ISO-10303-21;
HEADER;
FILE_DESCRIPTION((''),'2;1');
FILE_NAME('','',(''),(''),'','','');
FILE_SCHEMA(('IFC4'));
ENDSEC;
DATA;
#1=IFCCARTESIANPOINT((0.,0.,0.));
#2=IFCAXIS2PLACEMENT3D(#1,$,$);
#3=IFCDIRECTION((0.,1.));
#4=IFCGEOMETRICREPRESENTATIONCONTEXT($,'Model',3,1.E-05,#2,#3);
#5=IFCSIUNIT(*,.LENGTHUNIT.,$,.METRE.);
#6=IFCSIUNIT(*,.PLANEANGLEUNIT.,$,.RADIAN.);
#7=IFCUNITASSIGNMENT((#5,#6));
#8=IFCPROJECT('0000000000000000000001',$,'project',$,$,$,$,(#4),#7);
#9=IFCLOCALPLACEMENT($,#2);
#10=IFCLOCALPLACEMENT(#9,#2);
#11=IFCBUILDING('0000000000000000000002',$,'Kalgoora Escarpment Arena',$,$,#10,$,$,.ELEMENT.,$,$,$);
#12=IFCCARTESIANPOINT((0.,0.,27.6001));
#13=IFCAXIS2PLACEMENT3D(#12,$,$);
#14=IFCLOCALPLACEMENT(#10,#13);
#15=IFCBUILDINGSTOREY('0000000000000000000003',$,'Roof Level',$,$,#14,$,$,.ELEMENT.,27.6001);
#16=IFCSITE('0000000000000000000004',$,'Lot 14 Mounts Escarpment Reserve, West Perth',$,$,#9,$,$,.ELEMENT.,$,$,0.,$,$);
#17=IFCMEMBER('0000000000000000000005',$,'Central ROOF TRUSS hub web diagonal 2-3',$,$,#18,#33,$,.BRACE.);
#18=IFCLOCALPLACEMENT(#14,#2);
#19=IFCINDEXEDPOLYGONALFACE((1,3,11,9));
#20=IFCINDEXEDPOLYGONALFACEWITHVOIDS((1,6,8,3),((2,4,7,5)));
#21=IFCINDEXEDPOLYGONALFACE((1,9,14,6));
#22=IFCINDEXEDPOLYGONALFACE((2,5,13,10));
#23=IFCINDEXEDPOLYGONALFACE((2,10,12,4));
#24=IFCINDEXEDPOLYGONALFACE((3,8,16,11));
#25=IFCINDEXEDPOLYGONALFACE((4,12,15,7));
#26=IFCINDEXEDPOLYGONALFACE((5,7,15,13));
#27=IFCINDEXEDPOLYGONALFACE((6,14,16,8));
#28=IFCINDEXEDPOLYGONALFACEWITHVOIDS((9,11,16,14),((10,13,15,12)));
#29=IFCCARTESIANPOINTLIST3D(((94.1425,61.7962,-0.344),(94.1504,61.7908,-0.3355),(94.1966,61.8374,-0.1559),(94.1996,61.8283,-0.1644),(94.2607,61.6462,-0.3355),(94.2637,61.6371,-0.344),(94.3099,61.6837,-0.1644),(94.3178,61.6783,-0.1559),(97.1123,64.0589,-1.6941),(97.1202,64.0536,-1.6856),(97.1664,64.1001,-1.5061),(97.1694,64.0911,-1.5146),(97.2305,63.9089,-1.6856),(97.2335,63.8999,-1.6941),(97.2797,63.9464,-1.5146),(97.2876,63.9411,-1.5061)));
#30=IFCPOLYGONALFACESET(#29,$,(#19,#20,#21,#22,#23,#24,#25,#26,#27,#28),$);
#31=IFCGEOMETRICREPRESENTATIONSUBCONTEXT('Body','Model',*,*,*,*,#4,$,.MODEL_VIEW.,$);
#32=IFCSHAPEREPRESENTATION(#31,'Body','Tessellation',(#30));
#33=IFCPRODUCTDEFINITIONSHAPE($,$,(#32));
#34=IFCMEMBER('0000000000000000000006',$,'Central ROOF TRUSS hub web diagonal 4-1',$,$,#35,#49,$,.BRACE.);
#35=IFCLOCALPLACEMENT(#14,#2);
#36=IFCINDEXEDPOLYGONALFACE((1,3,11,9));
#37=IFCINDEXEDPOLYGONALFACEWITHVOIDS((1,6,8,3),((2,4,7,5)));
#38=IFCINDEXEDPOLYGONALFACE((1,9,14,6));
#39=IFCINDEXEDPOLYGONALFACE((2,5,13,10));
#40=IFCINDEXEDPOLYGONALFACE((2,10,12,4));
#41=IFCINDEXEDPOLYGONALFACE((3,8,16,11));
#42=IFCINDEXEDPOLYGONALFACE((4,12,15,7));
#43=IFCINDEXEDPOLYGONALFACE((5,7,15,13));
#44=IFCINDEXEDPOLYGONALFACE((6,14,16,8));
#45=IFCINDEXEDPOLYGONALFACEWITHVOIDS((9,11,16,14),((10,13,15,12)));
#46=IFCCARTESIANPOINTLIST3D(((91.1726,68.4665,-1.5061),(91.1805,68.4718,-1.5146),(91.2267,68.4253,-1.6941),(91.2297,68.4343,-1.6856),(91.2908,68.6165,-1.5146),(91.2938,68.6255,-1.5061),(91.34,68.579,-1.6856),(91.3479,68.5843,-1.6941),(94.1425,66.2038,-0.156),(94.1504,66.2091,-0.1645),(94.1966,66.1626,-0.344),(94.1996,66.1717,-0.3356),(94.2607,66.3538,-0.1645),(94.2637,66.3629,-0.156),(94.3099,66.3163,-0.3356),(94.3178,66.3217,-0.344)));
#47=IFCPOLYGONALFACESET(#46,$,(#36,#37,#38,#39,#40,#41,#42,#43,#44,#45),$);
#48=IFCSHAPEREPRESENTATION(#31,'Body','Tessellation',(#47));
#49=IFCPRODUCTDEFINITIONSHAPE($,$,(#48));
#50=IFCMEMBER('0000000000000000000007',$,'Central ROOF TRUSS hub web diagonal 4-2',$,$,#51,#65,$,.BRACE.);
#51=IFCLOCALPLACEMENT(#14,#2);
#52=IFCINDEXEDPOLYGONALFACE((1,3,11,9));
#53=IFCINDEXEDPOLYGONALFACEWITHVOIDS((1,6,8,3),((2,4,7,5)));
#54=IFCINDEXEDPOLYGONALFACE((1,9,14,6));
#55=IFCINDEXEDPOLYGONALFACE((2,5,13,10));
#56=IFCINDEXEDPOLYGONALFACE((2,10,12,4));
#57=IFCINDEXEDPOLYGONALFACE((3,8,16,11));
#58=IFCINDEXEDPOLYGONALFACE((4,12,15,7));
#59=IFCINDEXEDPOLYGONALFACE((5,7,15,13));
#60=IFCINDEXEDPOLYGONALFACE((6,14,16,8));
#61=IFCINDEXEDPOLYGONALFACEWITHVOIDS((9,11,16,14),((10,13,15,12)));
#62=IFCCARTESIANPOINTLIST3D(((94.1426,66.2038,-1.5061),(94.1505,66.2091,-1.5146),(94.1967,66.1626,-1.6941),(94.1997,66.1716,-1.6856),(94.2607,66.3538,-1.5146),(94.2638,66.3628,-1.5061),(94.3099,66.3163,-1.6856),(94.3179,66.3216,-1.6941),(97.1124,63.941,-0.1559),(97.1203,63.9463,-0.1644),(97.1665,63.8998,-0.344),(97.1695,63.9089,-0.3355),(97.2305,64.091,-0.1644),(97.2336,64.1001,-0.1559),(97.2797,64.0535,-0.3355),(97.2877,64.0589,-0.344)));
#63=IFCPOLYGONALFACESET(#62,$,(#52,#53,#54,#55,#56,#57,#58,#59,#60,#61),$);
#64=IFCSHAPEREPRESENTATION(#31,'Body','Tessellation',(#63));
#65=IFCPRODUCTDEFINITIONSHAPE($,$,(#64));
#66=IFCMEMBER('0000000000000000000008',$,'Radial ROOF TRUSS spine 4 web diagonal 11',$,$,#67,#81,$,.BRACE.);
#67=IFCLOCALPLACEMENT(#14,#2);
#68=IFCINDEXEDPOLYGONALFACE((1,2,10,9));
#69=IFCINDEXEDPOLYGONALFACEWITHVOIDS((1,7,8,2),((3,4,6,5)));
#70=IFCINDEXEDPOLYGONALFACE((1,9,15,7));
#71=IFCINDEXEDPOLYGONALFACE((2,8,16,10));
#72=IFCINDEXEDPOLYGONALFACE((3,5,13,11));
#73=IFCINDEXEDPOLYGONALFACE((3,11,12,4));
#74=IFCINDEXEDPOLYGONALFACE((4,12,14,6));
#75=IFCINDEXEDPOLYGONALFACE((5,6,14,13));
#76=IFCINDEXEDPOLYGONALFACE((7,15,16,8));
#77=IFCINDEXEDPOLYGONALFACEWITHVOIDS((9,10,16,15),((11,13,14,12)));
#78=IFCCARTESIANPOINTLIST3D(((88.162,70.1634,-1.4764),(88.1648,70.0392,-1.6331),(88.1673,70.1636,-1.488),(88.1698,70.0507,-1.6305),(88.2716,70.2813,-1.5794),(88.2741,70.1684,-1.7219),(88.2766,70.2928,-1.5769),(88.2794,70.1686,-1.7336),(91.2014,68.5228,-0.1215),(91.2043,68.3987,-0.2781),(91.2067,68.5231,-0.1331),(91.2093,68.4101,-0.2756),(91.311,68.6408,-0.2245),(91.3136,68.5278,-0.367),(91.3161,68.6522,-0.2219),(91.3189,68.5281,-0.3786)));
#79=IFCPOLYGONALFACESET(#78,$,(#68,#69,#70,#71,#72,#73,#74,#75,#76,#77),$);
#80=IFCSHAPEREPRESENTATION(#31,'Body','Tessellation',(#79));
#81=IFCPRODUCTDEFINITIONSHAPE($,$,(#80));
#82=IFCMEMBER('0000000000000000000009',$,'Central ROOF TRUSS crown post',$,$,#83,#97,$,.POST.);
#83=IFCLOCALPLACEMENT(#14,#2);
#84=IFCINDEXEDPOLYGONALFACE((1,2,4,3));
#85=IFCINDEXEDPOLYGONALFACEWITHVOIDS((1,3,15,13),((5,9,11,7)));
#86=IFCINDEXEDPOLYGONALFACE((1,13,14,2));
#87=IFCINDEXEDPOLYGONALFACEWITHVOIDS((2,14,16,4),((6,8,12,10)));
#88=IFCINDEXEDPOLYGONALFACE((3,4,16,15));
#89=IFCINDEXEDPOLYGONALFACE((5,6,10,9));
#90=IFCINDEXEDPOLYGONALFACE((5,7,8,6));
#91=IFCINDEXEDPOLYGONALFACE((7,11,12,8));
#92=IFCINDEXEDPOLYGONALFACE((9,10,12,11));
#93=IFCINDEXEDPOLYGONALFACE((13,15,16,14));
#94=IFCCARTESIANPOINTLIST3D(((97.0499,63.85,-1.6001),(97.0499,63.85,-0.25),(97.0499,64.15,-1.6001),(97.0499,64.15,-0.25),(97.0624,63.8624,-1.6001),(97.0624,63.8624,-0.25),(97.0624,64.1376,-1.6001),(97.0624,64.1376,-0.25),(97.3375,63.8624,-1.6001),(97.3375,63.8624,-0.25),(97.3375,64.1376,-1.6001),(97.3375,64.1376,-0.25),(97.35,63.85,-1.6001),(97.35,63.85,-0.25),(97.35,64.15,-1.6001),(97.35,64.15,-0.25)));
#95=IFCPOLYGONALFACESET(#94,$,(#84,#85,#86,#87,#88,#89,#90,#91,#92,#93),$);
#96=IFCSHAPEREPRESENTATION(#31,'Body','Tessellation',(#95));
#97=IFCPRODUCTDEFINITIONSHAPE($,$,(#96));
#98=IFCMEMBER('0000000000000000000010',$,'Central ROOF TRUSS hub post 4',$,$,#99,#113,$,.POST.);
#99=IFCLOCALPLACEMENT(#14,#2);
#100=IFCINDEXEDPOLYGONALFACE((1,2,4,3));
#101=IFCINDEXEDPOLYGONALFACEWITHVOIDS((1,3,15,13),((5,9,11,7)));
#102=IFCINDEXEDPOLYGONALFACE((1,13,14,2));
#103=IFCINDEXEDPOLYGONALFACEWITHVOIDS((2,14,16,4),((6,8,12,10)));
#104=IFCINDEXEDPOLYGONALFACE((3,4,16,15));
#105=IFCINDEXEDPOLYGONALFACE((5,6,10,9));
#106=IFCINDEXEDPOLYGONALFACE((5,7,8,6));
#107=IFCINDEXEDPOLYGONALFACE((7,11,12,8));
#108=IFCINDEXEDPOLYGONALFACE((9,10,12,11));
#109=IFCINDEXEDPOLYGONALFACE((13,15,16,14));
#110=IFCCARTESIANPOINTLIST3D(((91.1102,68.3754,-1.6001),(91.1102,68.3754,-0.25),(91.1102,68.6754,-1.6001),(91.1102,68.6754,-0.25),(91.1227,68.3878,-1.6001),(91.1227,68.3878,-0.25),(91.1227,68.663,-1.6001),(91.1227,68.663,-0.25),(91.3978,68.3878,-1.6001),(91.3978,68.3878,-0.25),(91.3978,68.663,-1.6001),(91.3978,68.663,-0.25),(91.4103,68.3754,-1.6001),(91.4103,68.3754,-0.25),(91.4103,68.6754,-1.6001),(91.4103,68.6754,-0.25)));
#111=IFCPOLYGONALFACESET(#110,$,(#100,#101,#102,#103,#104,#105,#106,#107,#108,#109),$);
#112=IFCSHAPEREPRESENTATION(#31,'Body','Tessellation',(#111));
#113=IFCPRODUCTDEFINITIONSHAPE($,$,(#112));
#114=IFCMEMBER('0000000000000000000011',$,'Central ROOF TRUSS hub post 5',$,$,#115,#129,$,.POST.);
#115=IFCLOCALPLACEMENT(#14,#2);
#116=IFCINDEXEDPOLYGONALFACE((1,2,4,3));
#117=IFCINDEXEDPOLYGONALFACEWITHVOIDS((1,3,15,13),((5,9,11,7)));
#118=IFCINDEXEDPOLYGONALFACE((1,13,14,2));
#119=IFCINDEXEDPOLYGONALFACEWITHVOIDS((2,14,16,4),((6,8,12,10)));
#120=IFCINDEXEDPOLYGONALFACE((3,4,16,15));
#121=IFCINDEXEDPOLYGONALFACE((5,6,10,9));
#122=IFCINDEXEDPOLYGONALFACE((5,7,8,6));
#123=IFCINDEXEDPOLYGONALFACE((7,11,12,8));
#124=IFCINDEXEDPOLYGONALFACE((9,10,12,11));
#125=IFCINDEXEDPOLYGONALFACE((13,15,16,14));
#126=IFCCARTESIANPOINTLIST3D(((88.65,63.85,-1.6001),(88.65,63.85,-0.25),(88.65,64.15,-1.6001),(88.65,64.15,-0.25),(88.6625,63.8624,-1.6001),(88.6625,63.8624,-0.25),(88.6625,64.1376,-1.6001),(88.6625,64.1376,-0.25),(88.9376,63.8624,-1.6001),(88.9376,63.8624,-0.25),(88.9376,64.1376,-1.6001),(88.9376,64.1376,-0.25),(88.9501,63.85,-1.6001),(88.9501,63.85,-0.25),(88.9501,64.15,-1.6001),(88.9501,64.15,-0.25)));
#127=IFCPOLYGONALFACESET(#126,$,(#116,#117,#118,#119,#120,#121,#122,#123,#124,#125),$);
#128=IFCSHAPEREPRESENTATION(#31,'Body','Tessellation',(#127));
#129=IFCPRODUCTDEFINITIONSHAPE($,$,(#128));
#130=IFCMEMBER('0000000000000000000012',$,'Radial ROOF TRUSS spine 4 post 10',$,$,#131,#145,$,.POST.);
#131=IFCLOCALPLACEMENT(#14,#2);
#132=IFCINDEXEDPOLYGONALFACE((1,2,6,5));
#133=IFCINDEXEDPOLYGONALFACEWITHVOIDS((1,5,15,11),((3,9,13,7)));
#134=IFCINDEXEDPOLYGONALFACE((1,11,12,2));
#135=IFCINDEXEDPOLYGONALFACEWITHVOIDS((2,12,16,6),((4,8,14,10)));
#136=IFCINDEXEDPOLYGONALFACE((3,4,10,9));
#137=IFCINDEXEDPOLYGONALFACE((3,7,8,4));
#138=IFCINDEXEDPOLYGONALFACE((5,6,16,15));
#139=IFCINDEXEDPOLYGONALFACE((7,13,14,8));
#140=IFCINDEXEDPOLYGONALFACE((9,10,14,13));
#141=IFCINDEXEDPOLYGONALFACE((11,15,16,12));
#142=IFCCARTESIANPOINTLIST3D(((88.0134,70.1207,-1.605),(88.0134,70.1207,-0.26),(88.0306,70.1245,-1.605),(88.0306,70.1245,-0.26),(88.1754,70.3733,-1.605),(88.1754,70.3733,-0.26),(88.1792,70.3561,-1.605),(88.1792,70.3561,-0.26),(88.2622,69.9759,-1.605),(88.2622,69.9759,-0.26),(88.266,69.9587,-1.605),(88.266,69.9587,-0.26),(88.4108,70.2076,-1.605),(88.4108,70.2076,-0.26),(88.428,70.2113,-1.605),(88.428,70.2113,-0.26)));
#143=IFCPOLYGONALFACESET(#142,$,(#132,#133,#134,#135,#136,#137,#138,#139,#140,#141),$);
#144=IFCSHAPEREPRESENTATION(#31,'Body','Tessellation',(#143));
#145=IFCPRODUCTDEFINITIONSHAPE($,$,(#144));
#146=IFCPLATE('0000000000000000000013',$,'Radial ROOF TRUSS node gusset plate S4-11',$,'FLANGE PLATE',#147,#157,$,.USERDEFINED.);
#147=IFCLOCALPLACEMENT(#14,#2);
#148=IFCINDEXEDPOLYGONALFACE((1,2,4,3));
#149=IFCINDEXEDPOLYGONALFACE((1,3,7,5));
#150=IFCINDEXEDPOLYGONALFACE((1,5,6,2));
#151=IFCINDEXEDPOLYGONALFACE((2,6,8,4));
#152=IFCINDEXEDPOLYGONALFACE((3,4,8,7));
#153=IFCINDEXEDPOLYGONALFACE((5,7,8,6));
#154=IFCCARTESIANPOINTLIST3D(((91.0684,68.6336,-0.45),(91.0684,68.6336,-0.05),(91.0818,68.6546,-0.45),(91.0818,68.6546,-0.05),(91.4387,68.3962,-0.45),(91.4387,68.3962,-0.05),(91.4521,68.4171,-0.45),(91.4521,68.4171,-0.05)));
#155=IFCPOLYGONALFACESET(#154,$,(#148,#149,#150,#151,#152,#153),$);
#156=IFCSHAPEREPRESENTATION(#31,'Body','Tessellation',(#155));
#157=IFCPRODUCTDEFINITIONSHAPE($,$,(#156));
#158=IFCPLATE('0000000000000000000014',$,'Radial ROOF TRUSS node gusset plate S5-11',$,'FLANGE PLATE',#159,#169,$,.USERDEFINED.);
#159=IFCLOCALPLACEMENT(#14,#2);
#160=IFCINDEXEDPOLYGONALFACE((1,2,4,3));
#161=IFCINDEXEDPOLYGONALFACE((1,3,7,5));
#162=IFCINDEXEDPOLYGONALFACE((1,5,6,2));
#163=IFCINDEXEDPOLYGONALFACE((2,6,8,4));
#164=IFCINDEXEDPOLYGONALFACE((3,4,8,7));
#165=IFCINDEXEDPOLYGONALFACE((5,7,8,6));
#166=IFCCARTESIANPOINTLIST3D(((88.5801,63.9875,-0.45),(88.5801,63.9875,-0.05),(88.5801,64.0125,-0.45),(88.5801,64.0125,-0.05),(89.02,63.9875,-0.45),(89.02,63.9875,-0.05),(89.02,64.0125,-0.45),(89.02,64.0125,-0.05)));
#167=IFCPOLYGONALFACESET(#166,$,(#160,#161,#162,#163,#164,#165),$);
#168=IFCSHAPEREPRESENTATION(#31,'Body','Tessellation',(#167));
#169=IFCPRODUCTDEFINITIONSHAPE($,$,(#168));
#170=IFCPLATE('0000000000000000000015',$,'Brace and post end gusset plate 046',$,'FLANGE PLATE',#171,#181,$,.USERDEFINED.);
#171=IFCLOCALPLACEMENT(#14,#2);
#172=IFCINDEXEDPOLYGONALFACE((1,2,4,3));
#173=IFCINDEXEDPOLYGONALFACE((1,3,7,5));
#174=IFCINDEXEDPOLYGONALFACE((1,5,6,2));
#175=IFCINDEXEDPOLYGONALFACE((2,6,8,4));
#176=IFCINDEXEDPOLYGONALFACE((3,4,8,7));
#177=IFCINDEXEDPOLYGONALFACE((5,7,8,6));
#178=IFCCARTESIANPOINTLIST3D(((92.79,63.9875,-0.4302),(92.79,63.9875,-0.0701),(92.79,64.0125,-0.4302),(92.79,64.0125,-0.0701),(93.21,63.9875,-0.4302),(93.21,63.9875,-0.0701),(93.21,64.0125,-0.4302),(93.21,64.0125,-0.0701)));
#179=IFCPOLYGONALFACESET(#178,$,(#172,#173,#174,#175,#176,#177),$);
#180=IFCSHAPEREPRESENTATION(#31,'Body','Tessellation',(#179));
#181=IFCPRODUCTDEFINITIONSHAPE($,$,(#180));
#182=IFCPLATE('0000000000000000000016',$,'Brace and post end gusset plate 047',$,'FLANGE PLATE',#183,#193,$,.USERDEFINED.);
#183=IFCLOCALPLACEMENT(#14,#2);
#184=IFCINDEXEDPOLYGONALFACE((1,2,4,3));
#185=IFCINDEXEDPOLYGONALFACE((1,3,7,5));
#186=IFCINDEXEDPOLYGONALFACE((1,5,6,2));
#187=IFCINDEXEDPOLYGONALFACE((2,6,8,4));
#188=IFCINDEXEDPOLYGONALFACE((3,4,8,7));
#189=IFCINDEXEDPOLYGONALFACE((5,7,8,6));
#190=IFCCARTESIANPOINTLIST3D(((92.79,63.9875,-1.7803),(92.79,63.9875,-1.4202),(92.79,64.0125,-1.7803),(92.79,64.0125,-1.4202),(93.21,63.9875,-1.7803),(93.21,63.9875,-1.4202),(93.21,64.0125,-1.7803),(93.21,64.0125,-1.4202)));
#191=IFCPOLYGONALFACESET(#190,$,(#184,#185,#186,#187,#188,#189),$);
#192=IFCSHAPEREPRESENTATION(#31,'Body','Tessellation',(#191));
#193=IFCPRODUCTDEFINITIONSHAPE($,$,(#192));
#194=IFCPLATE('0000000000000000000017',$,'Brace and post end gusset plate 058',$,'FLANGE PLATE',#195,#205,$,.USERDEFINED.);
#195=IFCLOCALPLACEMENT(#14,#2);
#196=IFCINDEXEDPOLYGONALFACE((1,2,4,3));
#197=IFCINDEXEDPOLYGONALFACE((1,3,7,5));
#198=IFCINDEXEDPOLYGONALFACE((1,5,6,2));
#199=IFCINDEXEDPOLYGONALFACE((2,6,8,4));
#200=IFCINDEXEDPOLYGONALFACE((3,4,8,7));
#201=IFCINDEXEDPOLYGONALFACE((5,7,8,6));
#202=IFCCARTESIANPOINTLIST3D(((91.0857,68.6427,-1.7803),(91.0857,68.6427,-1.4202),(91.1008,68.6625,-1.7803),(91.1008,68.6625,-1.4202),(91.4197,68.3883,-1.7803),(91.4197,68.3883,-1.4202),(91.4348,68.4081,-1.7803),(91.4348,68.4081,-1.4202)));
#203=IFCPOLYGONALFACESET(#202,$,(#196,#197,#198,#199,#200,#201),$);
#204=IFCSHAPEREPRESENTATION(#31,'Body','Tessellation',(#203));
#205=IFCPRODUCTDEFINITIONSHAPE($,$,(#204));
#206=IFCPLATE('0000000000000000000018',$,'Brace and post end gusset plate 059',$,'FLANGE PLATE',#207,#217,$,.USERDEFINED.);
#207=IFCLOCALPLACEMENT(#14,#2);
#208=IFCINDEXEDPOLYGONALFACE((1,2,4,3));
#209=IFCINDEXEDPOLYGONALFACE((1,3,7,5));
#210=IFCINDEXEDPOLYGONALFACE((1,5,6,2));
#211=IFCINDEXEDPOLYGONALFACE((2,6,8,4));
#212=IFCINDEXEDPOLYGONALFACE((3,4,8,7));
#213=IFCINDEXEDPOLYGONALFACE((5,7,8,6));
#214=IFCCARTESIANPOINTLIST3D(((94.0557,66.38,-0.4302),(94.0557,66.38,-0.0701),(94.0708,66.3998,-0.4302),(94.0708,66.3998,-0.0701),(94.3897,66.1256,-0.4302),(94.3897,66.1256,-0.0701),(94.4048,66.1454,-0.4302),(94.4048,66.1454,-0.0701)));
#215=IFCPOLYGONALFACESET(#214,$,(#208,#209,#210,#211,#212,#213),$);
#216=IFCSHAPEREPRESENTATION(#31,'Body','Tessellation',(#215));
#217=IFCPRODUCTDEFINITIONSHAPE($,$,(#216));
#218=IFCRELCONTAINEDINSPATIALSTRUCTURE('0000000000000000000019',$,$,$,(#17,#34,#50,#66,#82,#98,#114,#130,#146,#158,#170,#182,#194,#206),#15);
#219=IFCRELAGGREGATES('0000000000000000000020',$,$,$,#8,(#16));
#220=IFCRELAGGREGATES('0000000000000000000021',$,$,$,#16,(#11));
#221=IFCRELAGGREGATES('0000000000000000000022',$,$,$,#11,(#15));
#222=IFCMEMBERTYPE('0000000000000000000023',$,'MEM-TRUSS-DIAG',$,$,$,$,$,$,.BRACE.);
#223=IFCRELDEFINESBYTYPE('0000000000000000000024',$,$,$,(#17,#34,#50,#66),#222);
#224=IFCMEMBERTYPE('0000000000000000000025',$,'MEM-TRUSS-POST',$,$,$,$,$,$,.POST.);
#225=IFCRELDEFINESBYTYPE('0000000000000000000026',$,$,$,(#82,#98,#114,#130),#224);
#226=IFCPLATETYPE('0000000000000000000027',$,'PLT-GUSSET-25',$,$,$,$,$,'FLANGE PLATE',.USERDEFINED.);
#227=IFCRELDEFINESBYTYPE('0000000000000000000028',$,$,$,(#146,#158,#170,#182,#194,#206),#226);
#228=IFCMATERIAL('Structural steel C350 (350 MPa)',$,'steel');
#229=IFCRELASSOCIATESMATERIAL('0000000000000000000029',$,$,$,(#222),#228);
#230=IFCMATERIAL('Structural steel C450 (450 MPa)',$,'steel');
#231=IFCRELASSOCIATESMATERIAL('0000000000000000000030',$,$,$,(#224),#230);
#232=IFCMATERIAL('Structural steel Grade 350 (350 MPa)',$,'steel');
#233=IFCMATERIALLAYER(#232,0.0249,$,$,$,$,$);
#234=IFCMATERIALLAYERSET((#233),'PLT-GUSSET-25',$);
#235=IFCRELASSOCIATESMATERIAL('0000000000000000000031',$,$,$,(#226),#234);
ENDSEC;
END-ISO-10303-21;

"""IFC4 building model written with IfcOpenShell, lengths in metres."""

from ifc_helpers import new_model, si_unit, direction, frame, origin, origin_2d, place, context, subcontext, project, spatial, rectangle, hollow_rectangle, extrude, material, layer, layer_set, material_profile, profile_set, type_object, element, save


model = new_model("IFC4")

# Units and contexts
model_context = context("Model", 3, precision=1e-05, world=origin(), true_north=direction((0.0, 1.0)))
body_context = subcontext(model_context, "Body", "Model", "MODEL_VIEW")
ifc_project = project(units=[si_unit("LENGTHUNIT", "METRE"), si_unit("PLANEANGLEUNIT", "RADIAN")], contexts=[model_context])

# Site, building, storey
site_placement = place(None, origin())
site = spatial("IfcSite", under=ifc_project, at=site_placement, Name="Lot 14 Mounts Escarpment Reserve, West Perth", CompositionType="ELEMENT", RefElevation=0.0)
building_placement = place(site_placement, origin())
building = spatial("IfcBuilding", under=site, at=building_placement, Name="Kalgoora Escarpment Arena", CompositionType="ELEMENT")
storey_placement = place(building_placement, frame((0.0, 0.0, 27.6001)))
storey = spatial("IfcBuildingStorey", under=building, at=storey_placement, Name="Roof Level", CompositionType="ELEMENT", Elevation=27.6001)

# Members
ifc_material_1 = material(Name="Structural steel C350 (350 MPa)", Category="steel")
ifc_material_profile_1 = material_profile(ifc_material_1, hollow_rectangle(XDim=0.2, YDim=0.2, WallThickness=0.009, at=origin_2d()))
ifc_profile_set_1 = profile_set([ifc_material_profile_1], Name="Structural steel C350 (350 MPa)")
member_type_1 = type_object("IfcMemberType", Name="MEM-TRUSS-DIAG", PredefinedType="BRACE", material=ifc_profile_set_1)
for number, where, z_axis, x_axis, name in (
    (1, (97.2, 64.0, -1.6001), (-0.74802, -0.569932, 0.340065), (0.606051, -0.795426, 0.0), "Central ROOF TRUSS hub web diagonal 2-3"),
    (2, (91.2603, 68.5254, -1.6001), (0.748047, -0.569905, 0.340049), (0.60602, 0.79545, 0.0), "Central ROOF TRUSS hub web diagonal 4-1"),
    (3, (94.2302, 66.2627, -1.6001), (0.74802, -0.569932, 0.340065), (0.606051, 0.795426, 0.0), "Central ROOF TRUSS hub web diagonal 4-2"),
):
    element("IfcMember", number, at=place(storey_placement, frame(where, z_axis=z_axis, x_axis=x_axis)), inside=storey, type_object=member_type_1, Name=name, PredefinedType="BRACE", context=body_context, shape_type="SweptSolid", body=[
        extrude(hollow_rectangle(XDim=0.2, YDim=0.2, WallThickness=0.009, at=origin_2d()), origin(), (0.0, 0.0, 1.0), 3.9702),
    ])
member_1_placement = place(storey_placement, frame((88.2207, 70.166, -1.605), z_axis=(0.819215, -0.442179, 0.365192), x_axis=(0.573313, 0.647139, -0.502517)))
element("IfcMember", 4, at=member_1_placement, inside=storey, type_object=member_type_1, Name="Radial ROOF TRUSS spine 4 web diagonal 11", PredefinedType="BRACE", context=body_context, shape_type="SweptSolid", body=[
    extrude(hollow_rectangle(XDim=0.2, YDim=0.2, WallThickness=0.009, at=origin_2d()), origin(), (0.0, 0.0, 1.0), 3.7102),
])
ifc_material_2 = material(Name="Structural steel C450 (450 MPa)", Category="steel")
ifc_material_profile_2 = material_profile(ifc_material_2, hollow_rectangle(XDim=0.3, YDim=0.3, WallThickness=0.0125, at=origin_2d()))
ifc_profile_set_2 = profile_set([ifc_material_profile_2], Name="Structural steel C450 (450 MPa)")
member_type_2 = type_object("IfcMemberType", Name="MEM-TRUSS-POST", PredefinedType="POST", material=ifc_profile_set_2)
for number, where, z_axis, x_axis, name in (
    (5, (97.2, 64.0, -1.6001), (0.0, 0.0, 1.0), (1.0, 0.0, 0.0), "Central ROOF TRUSS crown post"),
    (6, (91.2603, 68.5254, -1.6001), (0.0, 0.0, 1.0), (1.0, 0.0, 0.0), "Central ROOF TRUSS hub post 4"),
    (7, (88.8, 64.0, -1.6001), (0.0, 0.0, 1.0), (1.0, 0.0, 0.0), "Central ROOF TRUSS hub post 5"),
):
    element("IfcMember", number, at=place(storey_placement, frame(where, z_axis=z_axis, x_axis=x_axis)), inside=storey, type_object=member_type_2, Name=name, PredefinedType="POST", context=body_context, shape_type="SweptSolid", body=[
        extrude(hollow_rectangle(XDim=0.3, YDim=0.3, WallThickness=0.0125, at=origin_2d()), origin(), (0.0, 0.0, 1.0), 1.3501),
    ])
member_2_placement = place(storey_placement, frame((88.2207, 70.166, -1.605), z_axis=(0.0, 0.0, 1.0), x_axis=(0.841794, -0.5398, 0.0)))
element("IfcMember", 8, at=member_2_placement, inside=storey, type_object=member_type_2, Name="Radial ROOF TRUSS spine 4 post 10", PredefinedType="POST", context=body_context, shape_type="SweptSolid", body=[
    extrude(hollow_rectangle(XDim=0.3, YDim=0.3, WallThickness=0.0125, at=origin_2d()), origin(), (0.0, 0.0, 1.0), 1.345),
])

# Plates
ifc_material_3 = material(Name="Structural steel Grade 350 (350 MPa)", Category="steel")
ifc_layer = layer(ifc_material_3, 0.0249)
ifc_layer_set = layer_set([ifc_layer], Name="PLT-GUSSET-25")
plate_type = type_object("IfcPlateType", Name="PLT-GUSSET-25", ElementType="FLANGE PLATE", PredefinedType="USERDEFINED", material=ifc_layer_set)
for number, where, z_axis, x_axis, name in (
    (9, (91.2603, 68.5254, -0.45), (0.0, 0.0, 1.0), (0.841794, -0.5398, 0.0), "Radial ROOF TRUSS node gusset plate S4-11"),
    (10, (88.8, 64.0, -0.45), (0.0, 0.0, 1.0), (1.0, 0.0, 0.0), "Radial ROOF TRUSS node gusset plate S5-11"),
):
    element("IfcPlate", number, at=place(storey_placement, frame(where, z_axis=z_axis, x_axis=x_axis)), inside=storey, type_object=plate_type, Name=name, ObjectType="FLANGE PLATE", PredefinedType="USERDEFINED", context=body_context, shape_type="SweptSolid", body=[
        extrude(rectangle(XDim=0.4399, YDim=0.0249, at=origin_2d()), origin(), (0.0, 0.0, 1.0), 0.3999),
    ])
for number, where, z_axis, x_axis, name in (
    (11, (93.0, 64.0, -0.4302), (0.0, 0.0, 1.0), (-1.0, 0.0, 0.0), "Brace and post end gusset plate 046"),
    (12, (93.0, 64.0, -1.7803), (0.0, 0.0, 1.0), (-1.0, 0.0, 0.0), "Brace and post end gusset plate 047"),
    (13, (91.2603, 68.5254, -1.7803), (0.0, 0.0, 1.0), (0.795473, -0.605988, 0.0), "Brace and post end gusset plate 058"),
    (14, (94.2302, 66.2627, -0.4302), (0.0, 0.0, 1.0), (0.795473, -0.605988, 0.0), "Brace and post end gusset plate 059"),
):
    element("IfcPlate", number, at=place(storey_placement, frame(where, z_axis=z_axis, x_axis=x_axis)), inside=storey, type_object=plate_type, Name=name, ObjectType="FLANGE PLATE", PredefinedType="USERDEFINED", context=body_context, shape_type="SweptSolid", body=[
        extrude(rectangle(XDim=0.4199, YDim=0.0249, at=origin_2d()), origin(), (0.0, 0.0, 1.0), 0.3601),
    ])

save(model, "model.ifc")
